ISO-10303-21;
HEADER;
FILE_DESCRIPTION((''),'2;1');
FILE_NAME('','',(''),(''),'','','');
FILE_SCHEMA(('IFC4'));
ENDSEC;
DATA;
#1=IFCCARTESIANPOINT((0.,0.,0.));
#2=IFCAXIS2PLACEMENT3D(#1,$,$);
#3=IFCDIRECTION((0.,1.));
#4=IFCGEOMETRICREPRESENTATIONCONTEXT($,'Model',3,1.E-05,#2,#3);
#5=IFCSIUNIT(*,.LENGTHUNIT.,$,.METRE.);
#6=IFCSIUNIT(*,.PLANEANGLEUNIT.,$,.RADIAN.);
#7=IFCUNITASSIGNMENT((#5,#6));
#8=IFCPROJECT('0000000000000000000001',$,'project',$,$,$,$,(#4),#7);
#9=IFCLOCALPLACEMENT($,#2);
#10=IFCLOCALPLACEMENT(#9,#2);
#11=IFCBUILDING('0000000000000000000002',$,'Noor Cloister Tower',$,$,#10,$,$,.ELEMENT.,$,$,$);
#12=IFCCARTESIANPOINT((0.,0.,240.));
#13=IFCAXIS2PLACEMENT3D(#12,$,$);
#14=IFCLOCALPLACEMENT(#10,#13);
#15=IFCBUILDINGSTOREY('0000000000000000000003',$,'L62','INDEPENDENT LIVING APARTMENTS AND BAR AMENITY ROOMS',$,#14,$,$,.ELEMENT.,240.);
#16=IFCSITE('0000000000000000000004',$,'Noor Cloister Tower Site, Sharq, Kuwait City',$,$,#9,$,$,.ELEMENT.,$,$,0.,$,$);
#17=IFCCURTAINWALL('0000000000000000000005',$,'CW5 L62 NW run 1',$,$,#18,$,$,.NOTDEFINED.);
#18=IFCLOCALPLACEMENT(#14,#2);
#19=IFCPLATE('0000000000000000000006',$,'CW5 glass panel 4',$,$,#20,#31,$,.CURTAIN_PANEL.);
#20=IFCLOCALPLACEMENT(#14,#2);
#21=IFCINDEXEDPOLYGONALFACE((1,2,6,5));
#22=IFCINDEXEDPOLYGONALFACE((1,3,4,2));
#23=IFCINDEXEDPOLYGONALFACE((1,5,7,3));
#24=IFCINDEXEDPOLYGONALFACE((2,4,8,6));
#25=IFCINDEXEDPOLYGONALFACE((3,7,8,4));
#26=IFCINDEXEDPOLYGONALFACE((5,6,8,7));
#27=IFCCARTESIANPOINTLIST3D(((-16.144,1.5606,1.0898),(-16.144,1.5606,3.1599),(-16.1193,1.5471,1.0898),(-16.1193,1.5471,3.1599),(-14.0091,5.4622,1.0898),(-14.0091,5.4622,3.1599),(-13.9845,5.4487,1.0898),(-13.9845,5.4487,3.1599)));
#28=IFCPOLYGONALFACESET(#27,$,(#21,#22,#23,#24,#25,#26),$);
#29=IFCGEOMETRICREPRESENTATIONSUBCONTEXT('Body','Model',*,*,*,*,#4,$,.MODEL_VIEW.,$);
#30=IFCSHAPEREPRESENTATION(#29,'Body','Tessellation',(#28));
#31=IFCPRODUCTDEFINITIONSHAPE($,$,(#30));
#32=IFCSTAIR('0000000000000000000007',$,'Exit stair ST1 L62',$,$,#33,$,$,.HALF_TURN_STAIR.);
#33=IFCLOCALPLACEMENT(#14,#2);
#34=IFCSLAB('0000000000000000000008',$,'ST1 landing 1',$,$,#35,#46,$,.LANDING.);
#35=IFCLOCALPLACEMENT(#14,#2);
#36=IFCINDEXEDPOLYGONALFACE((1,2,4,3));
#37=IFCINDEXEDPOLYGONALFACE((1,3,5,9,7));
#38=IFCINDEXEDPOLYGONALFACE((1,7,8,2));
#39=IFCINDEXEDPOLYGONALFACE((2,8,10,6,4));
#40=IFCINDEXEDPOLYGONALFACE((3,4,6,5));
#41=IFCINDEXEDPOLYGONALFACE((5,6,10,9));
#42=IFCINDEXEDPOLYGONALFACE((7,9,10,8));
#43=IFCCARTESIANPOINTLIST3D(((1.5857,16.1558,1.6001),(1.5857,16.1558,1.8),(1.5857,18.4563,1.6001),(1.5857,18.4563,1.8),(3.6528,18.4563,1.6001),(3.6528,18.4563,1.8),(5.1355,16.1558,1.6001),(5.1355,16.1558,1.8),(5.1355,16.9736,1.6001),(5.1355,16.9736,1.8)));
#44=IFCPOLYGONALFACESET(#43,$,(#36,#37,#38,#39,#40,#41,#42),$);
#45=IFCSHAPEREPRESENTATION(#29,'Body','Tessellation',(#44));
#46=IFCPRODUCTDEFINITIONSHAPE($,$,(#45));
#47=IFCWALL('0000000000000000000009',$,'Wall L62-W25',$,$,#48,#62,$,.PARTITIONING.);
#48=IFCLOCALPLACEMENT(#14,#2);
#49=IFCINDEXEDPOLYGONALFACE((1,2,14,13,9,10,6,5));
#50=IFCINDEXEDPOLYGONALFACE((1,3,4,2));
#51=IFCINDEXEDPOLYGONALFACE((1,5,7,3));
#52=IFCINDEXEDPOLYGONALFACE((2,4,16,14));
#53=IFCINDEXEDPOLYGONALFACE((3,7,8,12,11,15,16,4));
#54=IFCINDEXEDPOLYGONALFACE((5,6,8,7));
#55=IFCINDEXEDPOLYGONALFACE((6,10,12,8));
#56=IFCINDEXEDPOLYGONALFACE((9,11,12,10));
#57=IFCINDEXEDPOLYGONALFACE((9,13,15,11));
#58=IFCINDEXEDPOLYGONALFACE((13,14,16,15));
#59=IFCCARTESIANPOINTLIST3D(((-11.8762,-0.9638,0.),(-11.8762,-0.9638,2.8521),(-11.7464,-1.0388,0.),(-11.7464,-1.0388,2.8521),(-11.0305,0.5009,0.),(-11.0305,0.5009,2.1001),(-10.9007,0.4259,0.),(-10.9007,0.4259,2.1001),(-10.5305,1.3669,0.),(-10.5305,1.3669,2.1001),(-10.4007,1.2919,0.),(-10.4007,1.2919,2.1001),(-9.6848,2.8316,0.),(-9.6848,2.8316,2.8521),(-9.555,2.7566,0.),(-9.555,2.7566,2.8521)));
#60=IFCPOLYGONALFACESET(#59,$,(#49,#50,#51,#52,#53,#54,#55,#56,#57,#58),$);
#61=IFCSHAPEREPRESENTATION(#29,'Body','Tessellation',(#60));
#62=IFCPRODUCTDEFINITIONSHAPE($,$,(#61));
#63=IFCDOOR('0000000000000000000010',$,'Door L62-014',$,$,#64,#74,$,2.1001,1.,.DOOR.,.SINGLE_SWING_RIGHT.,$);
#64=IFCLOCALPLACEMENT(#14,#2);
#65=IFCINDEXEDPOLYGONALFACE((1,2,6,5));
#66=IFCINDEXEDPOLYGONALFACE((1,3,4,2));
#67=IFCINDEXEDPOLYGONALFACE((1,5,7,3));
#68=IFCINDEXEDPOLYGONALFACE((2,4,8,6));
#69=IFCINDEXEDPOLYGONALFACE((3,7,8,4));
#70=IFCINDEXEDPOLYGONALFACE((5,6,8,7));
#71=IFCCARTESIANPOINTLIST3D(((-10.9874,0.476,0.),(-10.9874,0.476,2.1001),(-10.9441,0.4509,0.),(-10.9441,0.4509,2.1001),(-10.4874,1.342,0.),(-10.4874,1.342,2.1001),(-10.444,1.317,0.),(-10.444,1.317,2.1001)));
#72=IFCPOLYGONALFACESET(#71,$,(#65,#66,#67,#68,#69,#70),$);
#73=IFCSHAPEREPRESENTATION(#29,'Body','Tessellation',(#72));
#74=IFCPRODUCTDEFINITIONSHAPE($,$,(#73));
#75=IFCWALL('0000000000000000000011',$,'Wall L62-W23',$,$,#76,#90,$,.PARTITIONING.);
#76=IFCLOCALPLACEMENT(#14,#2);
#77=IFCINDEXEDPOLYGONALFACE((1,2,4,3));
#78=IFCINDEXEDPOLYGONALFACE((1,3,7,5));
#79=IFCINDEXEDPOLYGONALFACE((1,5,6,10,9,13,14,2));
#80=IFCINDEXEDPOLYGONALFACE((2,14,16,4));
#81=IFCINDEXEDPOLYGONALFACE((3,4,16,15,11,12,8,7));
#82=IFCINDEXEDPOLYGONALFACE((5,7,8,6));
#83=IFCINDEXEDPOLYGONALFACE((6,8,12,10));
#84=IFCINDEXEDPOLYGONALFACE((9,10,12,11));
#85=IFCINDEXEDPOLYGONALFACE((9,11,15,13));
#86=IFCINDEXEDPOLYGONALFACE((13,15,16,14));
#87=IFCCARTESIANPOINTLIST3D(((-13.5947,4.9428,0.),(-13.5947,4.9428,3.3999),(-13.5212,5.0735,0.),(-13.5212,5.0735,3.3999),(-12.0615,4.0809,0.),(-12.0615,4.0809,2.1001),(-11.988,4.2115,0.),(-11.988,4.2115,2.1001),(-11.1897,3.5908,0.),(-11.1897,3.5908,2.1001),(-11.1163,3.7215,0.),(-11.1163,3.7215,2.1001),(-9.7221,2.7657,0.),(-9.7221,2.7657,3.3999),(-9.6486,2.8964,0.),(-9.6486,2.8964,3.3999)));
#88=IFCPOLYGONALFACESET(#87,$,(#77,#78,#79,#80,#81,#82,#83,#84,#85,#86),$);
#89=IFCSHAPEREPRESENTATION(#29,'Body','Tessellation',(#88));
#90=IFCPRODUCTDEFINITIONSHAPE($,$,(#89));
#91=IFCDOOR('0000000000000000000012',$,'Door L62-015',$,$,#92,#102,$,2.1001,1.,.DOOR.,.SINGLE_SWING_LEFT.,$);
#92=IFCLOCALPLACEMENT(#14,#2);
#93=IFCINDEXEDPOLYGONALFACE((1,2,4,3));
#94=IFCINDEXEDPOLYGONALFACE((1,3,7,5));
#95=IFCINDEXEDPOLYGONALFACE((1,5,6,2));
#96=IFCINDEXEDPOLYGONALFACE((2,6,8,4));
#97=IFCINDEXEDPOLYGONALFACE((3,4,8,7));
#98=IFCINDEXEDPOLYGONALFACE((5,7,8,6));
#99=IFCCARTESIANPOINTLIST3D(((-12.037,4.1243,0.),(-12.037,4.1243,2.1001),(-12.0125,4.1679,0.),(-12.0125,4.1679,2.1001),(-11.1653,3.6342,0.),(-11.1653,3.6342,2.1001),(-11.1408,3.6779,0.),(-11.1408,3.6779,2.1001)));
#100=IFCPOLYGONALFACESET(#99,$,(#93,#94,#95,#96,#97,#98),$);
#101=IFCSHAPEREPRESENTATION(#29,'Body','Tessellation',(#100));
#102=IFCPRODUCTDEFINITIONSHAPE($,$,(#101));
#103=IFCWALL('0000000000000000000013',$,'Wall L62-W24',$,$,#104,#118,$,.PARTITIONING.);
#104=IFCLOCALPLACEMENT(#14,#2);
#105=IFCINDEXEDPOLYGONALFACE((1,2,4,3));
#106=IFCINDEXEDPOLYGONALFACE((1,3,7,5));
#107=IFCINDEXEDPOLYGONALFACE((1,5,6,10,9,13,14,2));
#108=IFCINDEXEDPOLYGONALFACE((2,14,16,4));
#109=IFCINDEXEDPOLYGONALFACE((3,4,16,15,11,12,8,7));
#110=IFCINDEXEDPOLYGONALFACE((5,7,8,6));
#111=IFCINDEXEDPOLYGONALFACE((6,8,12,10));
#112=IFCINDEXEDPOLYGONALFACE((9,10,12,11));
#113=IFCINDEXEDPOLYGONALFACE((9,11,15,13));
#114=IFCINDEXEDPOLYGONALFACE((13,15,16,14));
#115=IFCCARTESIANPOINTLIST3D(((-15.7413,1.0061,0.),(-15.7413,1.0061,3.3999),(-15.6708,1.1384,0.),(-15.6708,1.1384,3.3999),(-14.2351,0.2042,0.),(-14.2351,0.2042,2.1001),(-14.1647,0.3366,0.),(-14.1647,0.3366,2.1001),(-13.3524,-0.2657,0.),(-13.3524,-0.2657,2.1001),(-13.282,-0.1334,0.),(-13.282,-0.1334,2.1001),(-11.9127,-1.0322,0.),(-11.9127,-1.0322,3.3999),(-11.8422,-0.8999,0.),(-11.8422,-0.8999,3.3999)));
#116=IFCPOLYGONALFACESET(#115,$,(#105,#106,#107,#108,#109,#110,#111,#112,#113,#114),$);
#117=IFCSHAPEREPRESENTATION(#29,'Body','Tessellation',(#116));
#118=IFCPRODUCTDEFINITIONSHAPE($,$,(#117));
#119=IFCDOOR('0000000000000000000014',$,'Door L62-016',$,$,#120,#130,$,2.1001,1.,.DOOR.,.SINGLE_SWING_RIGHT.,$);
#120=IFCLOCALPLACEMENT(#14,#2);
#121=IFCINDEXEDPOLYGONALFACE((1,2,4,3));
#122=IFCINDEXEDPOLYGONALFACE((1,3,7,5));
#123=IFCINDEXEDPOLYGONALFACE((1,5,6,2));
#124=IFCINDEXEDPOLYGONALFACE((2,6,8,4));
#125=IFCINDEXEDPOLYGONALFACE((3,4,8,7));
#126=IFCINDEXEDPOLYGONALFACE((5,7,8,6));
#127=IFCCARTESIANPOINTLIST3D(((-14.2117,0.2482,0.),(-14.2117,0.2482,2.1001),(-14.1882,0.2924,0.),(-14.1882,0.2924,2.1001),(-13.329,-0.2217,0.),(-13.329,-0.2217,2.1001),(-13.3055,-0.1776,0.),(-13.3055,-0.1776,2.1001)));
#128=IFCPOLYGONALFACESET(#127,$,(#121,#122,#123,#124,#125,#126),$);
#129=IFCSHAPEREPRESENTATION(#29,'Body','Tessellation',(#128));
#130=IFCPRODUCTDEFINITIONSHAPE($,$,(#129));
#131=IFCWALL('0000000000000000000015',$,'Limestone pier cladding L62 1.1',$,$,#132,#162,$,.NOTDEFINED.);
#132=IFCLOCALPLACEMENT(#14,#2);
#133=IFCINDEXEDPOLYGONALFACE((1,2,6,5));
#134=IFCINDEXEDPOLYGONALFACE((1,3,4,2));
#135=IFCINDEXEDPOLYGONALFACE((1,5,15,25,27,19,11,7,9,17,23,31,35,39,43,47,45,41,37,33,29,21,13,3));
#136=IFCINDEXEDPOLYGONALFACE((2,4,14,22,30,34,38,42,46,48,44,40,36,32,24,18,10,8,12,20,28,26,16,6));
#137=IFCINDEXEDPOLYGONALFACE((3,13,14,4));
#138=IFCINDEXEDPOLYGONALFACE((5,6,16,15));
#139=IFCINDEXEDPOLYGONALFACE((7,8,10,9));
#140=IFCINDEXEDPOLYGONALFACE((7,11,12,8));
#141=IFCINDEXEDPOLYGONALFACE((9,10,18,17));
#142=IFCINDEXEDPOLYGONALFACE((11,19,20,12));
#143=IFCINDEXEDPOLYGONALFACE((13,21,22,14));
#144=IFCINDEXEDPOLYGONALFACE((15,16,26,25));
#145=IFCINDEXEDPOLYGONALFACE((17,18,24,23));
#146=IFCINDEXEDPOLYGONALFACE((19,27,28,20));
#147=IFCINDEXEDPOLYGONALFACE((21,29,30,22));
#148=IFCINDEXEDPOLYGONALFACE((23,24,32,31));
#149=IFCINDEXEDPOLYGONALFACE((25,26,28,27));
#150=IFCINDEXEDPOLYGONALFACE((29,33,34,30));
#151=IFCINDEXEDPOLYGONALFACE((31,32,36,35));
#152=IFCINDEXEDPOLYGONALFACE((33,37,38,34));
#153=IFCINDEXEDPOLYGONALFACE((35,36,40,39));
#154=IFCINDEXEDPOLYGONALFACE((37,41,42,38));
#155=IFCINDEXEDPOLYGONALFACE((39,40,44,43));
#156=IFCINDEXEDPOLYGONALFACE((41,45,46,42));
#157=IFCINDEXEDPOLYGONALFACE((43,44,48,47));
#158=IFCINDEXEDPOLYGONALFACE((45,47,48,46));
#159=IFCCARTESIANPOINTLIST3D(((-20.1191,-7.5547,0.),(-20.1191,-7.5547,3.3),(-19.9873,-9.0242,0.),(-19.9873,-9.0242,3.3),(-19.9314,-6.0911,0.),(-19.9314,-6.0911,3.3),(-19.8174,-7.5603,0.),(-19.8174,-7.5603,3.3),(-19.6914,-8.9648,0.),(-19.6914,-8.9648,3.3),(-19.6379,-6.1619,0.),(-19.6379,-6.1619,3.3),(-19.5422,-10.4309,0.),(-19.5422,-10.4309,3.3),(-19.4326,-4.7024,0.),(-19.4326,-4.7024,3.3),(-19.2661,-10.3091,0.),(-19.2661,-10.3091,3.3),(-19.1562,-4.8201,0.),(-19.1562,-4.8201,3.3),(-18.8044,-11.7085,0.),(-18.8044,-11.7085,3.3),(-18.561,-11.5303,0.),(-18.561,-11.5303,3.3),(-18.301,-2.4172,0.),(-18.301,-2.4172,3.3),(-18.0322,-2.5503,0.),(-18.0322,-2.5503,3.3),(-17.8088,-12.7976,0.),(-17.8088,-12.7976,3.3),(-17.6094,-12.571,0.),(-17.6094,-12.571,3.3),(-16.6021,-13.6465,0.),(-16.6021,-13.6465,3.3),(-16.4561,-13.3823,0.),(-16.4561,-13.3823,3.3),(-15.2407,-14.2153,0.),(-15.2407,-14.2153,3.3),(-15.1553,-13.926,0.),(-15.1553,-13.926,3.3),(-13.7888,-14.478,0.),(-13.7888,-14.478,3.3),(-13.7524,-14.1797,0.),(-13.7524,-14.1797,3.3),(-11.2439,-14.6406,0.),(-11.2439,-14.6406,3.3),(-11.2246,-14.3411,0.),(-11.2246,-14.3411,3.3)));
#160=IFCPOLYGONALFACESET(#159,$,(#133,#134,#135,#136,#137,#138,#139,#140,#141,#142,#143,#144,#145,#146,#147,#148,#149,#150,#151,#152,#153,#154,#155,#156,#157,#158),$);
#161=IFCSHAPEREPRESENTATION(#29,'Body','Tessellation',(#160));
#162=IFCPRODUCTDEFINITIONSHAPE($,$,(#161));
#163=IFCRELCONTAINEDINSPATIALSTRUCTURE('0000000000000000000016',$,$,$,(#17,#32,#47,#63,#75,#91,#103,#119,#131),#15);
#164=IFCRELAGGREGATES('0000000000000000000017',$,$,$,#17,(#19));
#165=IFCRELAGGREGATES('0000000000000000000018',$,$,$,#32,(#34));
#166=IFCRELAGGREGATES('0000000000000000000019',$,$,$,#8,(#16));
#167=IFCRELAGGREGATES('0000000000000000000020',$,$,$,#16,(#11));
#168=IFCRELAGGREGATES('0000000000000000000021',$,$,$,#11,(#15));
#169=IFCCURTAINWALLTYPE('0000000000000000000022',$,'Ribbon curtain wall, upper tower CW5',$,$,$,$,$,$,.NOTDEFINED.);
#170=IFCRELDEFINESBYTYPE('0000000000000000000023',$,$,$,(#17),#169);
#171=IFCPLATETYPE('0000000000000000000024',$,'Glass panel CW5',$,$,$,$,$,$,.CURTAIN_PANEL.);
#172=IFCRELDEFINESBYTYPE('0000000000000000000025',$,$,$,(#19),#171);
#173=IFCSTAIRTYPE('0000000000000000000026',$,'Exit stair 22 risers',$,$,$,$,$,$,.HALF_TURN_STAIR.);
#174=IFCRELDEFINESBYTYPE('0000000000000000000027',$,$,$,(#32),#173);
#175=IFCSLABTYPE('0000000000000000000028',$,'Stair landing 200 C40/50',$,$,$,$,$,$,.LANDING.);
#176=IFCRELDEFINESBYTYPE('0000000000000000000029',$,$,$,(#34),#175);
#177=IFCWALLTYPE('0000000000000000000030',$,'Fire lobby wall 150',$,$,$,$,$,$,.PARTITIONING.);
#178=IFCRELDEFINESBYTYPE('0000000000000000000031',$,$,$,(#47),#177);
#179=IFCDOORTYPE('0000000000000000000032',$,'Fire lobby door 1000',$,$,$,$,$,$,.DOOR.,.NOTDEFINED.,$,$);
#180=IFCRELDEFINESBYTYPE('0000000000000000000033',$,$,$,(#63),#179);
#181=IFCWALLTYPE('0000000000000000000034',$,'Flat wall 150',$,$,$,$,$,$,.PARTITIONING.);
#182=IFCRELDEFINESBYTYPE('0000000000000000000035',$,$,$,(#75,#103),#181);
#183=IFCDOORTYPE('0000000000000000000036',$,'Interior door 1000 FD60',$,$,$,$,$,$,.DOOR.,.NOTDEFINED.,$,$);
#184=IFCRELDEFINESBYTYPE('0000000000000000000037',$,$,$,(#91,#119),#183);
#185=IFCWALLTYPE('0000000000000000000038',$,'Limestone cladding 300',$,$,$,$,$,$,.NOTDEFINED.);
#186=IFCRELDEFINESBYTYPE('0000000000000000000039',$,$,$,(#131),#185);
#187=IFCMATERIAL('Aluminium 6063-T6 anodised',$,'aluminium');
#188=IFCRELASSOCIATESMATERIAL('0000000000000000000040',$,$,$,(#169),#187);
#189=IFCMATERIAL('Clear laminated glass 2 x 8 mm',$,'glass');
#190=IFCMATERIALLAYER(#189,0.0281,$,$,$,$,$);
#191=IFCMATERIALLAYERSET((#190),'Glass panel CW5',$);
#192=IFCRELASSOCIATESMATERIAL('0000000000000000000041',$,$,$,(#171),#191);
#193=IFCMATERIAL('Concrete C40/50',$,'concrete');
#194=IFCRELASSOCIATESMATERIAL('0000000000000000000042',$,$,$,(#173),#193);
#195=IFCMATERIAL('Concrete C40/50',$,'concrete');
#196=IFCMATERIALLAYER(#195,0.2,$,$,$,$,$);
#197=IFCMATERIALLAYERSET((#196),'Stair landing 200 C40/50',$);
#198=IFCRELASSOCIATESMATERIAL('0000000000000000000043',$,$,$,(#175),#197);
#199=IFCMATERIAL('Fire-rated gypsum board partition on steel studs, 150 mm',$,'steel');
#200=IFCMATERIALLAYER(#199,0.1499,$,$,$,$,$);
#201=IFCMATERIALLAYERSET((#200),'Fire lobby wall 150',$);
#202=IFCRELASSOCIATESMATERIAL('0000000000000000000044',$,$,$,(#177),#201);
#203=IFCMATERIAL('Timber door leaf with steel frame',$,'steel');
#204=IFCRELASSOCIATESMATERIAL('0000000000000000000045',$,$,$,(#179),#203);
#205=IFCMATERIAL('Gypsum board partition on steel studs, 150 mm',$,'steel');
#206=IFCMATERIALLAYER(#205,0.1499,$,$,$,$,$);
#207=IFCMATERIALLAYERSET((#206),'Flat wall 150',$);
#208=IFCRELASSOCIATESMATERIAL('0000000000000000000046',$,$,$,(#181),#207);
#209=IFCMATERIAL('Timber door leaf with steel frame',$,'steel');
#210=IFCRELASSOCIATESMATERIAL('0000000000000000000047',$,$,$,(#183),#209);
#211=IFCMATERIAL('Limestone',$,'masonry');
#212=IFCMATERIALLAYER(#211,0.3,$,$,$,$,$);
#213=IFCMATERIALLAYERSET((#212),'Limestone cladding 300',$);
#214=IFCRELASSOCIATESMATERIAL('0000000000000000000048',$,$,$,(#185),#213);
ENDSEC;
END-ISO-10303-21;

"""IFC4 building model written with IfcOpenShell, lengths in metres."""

from ifc_helpers import new_model, si_unit, direction, frame, frame_2d, origin, origin_2d, place, context, subcontext, project, spatial, polyline, rectangle, outline, extrude, material, layer, layer_set, type_object, element, fill, aggregate, save


model = new_model("IFC4")

# Units and contexts
model_context = context("Model", 3, precision=1e-05, world=origin(), true_north=direction((0.0, 1.0)))
body_context = subcontext(model_context, "Body", "Model", "MODEL_VIEW")
ifc_project = project(units=[si_unit("LENGTHUNIT", "METRE"), si_unit("PLANEANGLEUNIT", "RADIAN")], contexts=[model_context])

# Site, building, storey
site_placement = place(None, origin())
site = spatial("IfcSite", under=ifc_project, at=site_placement, Name="Noor Cloister Tower Site, Sharq, Kuwait City", CompositionType="ELEMENT", RefElevation=0.0)
building_placement = place(site_placement, origin())
building = spatial("IfcBuilding", under=site, at=building_placement, Name="Noor Cloister Tower", CompositionType="ELEMENT")
storey_placement = place(building_placement, frame((0.0, 0.0, 240.0)))
storey = spatial("IfcBuildingStorey", under=building, at=storey_placement, Name="L62", Description="INDEPENDENT LIVING APARTMENTS AND BAR AMENITY ROOMS", CompositionType="ELEMENT", Elevation=240.0)

# Curtain wall
ifc_material_1 = material(Name="Aluminium 6063-T6 anodised", Category="aluminium")
curtain_wall_type = type_object("IfcCurtainWallType", Name="Ribbon curtain wall, upper tower CW5", PredefinedType="NOTDEFINED", material=ifc_material_1)
curtain_wall_placement = place(storey_placement, origin())
curtain_wall = element("IfcCurtainWall", 1, at=curtain_wall_placement, inside=storey, type_object=curtain_wall_type, Name="CW5 L62 NW run 1", PredefinedType="NOTDEFINED")

# Plate
ifc_material_2 = material(Name="Clear laminated glass 2 x 8 mm", Category="glass")
ifc_layer_1 = layer(ifc_material_2, 0.0281)
ifc_layer_set_1 = layer_set([ifc_layer_1], Name="Glass panel CW5")
plate_type = type_object("IfcPlateType", Name="Glass panel CW5", PredefinedType="CURTAIN_PANEL", material=ifc_layer_set_1)
plate_placement = place(storey_placement, frame((-15.0642, 3.5046, 1.0898), z_axis=(0.0, 0.0, 1.0), x_axis=(-0.480015, -0.87726, 0.0)))
plate = element("IfcPlate", 2, at=plate_placement, type_object=plate_type, Name="CW5 glass panel 4", PredefinedType="CURTAIN_PANEL", context=body_context, shape_type="SweptSolid", body=[
    extrude(rectangle(XDim=4.4475, YDim=0.0281, at=origin_2d()), origin(), (0.0, 0.0, 1.0), 2.0701),
])
aggregate(curtain_wall, [plate])

# Stair, slab
ifc_material_3 = material(Name="Concrete C40/50", Category="concrete")
stair_type = type_object("IfcStairType", Name="Exit stair 22 risers", PredefinedType="HALF_TURN_STAIR", material=ifc_material_3)
stair_placement = place(storey_placement, origin())
stair = element("IfcStair", 3, at=stair_placement, inside=storey, type_object=stair_type, Name="Exit stair ST1 L62", PredefinedType="HALF_TURN_STAIR")
ifc_material_4 = material(Name="Concrete C40/50", Category="concrete")
ifc_layer_2 = layer(ifc_material_4, 0.2)
ifc_layer_set_2 = layer_set([ifc_layer_2], Name="Stair landing 200 C40/50")
slab_type_1 = type_object("IfcSlabType", Name="Stair landing 200 C40/50", PredefinedType="LANDING", material=ifc_layer_set_2)
slab_1_placement = place(storey_placement, frame((0.0, 0.0, 1.6001)))
slab_1 = element("IfcSlab", 4, at=slab_1_placement, type_object=slab_type_1, Name="ST1 landing 1", PredefinedType="LANDING", context=body_context, shape_type="SweptSolid", body=[
    extrude(outline(polyline([(5.1355, 16.1558), (5.1355, 16.9736), (3.6528, 18.4563), (1.5857, 18.4563), (1.5857, 16.1558), (5.1355, 16.1558)])), origin(), (0.0, 0.0, 1.0), 0.2),
])
aggregate(stair, [slab_1])

# Walls, openings, doors
ifc_material_5 = material(Name="Fire-rated gypsum board partition on steel studs, 150 mm", Category="steel")
ifc_layer_3 = layer(ifc_material_5, 0.1499)
ifc_layer_set_3 = layer_set([ifc_layer_3], Name="Fire lobby wall 150")
wall_type_1 = type_object("IfcWallType", Name="Fire lobby wall 150", PredefinedType="PARTITIONING", material=ifc_layer_set_3)
wall_1_placement = place(storey_placement, frame((-9.6199, 2.7942, 0.0), z_axis=(0.0, 0.0, 1.0), x_axis=(-0.500021, -0.866013, 0.0)))
wall_1 = element("IfcWall", 5, at=wall_1_placement, inside=storey, type_object=wall_type_1, Name="Wall L62-W25", PredefinedType="PARTITIONING", context=body_context, shape_type="SweptSolid", body=[
    extrude(rectangle(XDim=4.3826, YDim=0.1499, at=frame_2d((2.1914, 0.0))), origin(), (0.0, 0.0, 1.0), 2.8521),
])
opening_1_placement = place(wall_1_placement, frame((1.6914, 0.0, 0.0)))
opening_1 = element("IfcOpeningElement", 6, at=opening_1_placement, cuts=wall_1, PredefinedType="OPENING", context=body_context, shape_type="SweptSolid", body=[
    extrude(rectangle(XDim=1.0, YDim=2.1001, at=frame_2d((0.5, 1.05))), frame((0.0, 0.085, 0.0), z_axis=(0.0, -1.0, 0.0), x_axis=(1.0, 0.0, 0.0)), (0.0, 0.0, 1.0), 0.1699),
])
ifc_material_6 = material(Name="Timber door leaf with steel frame", Category="steel")
door_type_1 = type_object("IfcDoorType", Name="Fire lobby door 1000", OperationType="NOTDEFINED", PredefinedType="DOOR", material=ifc_material_6)
door_1_placement = place(opening_1_placement, origin())
door_1 = element("IfcDoor", 7, at=door_1_placement, inside=storey, type_object=door_type_1, Name="Door L62-014", OperationType="SINGLE_SWING_RIGHT", OverallHeight=2.1001, OverallWidth=1.0, PredefinedType="DOOR", context=body_context, shape_type="SweptSolid", body=[
    extrude(rectangle(XDim=1.0, YDim=2.1001, at=frame_2d((0.5, 1.05))), frame((0.0, 0.0249, 0.0), z_axis=(0.0, -1.0, 0.0), x_axis=(1.0, 0.0, 0.0)), (0.0, 0.0, 1.0), 0.05),
])
fill(opening_1, door_1)
ifc_material_7 = material(Name="Gypsum board partition on steel studs, 150 mm", Category="steel")
ifc_layer_4 = layer(ifc_material_7, 0.1499)
ifc_layer_set_4 = layer_set([ifc_layer_4], Name="Flat wall 150")
wall_type_2 = type_object("IfcWallType", Name="Flat wall 150", PredefinedType="PARTITIONING", material=ifc_layer_set_4)
wall_2_placement = place(storey_placement, frame((-13.5579, 5.0081, 0.0), z_axis=(0.0, 0.0, 1.0), x_axis=(0.871702, -0.490037, 0.0)))
wall_2 = element("IfcWall", 8, at=wall_2_placement, inside=storey, type_object=wall_type_2, Name="Wall L62-W23", PredefinedType="PARTITIONING", context=body_context, shape_type="SweptSolid", body=[
    extrude(rectangle(XDim=4.4426, YDim=0.1499, at=frame_2d((2.2212, 0.0))), origin(), (0.0, 0.0, 1.0), 3.3999),
])
opening_2_placement = place(wall_2_placement, frame((1.7588, 0.0, 0.0)))
opening_2 = element("IfcOpeningElement", 9, at=opening_2_placement, cuts=wall_2, PredefinedType="OPENING", context=body_context, shape_type="SweptSolid", body=[
    extrude(rectangle(XDim=1.0, YDim=2.1001, at=frame_2d((0.5, 1.05))), frame((0.0, 0.085, 0.0), z_axis=(0.0, -1.0, 0.0), x_axis=(1.0, 0.0, 0.0)), (0.0, 0.0, 1.0), 0.1699),
])
ifc_material_8 = material(Name="Timber door leaf with steel frame", Category="steel")
door_type_2 = type_object("IfcDoorType", Name="Interior door 1000 FD60", OperationType="NOTDEFINED", PredefinedType="DOOR", material=ifc_material_8)
door_2_placement = place(opening_2_placement, origin())
door_2 = element("IfcDoor", 10, at=door_2_placement, inside=storey, type_object=door_type_2, Name="Door L62-015", OperationType="SINGLE_SWING_LEFT", OverallHeight=2.1001, OverallWidth=1.0, PredefinedType="DOOR", context=body_context, shape_type="SweptSolid", body=[
    extrude(rectangle(XDim=1.0, YDim=2.1001, at=frame_2d((0.5, 1.05))), frame((0.0, 0.0249, 0.0), z_axis=(0.0, -1.0, 0.0), x_axis=(1.0, 0.0, 0.0)), (0.0, 0.0, 1.0), 0.05),
])
fill(opening_2, door_2)
wall_3_placement = place(storey_placement, frame((-15.7061, 1.0723, 0.0), z_axis=(0.0, 0.0, 1.0), x_axis=(0.882697, -0.469942, 0.0)))
wall_3 = element("IfcWall", 11, at=wall_3_placement, inside=storey, type_object=wall_type_2, Name="Wall L62-W24", PredefinedType="PARTITIONING", context=body_context, shape_type="SweptSolid", body=[
    extrude(rectangle(XDim=4.3374, YDim=0.1499, at=frame_2d((2.1687, 0.0))), origin(), (0.0, 0.0, 1.0), 3.3999),
])
opening_3_placement = place(wall_3_placement, frame((1.7063, 0.0, 0.0)))
opening_3 = element("IfcOpeningElement", 12, at=opening_3_placement, cuts=wall_3, PredefinedType="OPENING", context=body_context, shape_type="SweptSolid", body=[
    extrude(rectangle(XDim=1.0, YDim=2.1001, at=frame_2d((0.5, 1.05))), frame((0.0, 0.085, 0.0), z_axis=(0.0, -1.0, 0.0), x_axis=(1.0, 0.0, 0.0)), (0.0, 0.0, 1.0), 0.1699),
])
door_3_placement = place(opening_3_placement, origin())
door_3 = element("IfcDoor", 13, at=door_3_placement, inside=storey, type_object=door_type_2, Name="Door L62-016", OperationType="SINGLE_SWING_RIGHT", OverallHeight=2.1001, OverallWidth=1.0, PredefinedType="DOOR", context=body_context, shape_type="SweptSolid", body=[
    extrude(rectangle(XDim=1.0, YDim=2.1001, at=frame_2d((0.5, 1.05))), frame((0.0, 0.0249, 0.0), z_axis=(0.0, -1.0, 0.0), x_axis=(1.0, 0.0, 0.0)), (0.0, 0.0, 1.0), 0.05),
])
fill(opening_3, door_3)

# Wall
ifc_material_9 = material(Name="Limestone", Category="masonry")
ifc_layer_5 = layer(ifc_material_9, 0.3)
ifc_layer_set_5 = layer_set([ifc_layer_5], Name="Limestone cladding 300")
wall_type_3 = type_object("IfcWallType", Name="Limestone cladding 300", PredefinedType="NOTDEFINED", material=ifc_layer_set_5)
wall_4_placement = place(storey_placement, origin())
element("IfcWall", 14, at=wall_4_placement, inside=storey, type_object=wall_type_3, Name="Limestone pier cladding L62 1.1", PredefinedType="NOTDEFINED", context=body_context, shape_type="SweptSolid", body=[
    extrude(outline(polyline([(-18.301, -2.4172), (-19.4326, -4.7024), (-19.9314, -6.0911), (-20.1191, -7.5547), (-19.9873, -9.0242), (-19.5422, -10.4309), (-18.8044, -11.7085), (-17.8088, -12.7976), (-16.6021, -13.6465), (-15.2407, -14.2153), (-13.7888, -14.478), (-11.2439, -14.6406), (-11.2246, -14.3411), (-13.7524, -14.1797), (-15.1553, -13.926), (-16.4561, -13.3823), (-17.6094, -12.571), (-18.561, -11.5303), (-19.2661, -10.3091), (-19.6914, -8.9648), (-19.8174, -7.5603), (-19.6379, -6.1619), (-19.1562, -4.8201), (-18.0322, -2.5503), (-18.301, -2.4172)])), origin(), (0.0, 0.0, 1.0), 3.3),
])

save(model, "model.ifc")
